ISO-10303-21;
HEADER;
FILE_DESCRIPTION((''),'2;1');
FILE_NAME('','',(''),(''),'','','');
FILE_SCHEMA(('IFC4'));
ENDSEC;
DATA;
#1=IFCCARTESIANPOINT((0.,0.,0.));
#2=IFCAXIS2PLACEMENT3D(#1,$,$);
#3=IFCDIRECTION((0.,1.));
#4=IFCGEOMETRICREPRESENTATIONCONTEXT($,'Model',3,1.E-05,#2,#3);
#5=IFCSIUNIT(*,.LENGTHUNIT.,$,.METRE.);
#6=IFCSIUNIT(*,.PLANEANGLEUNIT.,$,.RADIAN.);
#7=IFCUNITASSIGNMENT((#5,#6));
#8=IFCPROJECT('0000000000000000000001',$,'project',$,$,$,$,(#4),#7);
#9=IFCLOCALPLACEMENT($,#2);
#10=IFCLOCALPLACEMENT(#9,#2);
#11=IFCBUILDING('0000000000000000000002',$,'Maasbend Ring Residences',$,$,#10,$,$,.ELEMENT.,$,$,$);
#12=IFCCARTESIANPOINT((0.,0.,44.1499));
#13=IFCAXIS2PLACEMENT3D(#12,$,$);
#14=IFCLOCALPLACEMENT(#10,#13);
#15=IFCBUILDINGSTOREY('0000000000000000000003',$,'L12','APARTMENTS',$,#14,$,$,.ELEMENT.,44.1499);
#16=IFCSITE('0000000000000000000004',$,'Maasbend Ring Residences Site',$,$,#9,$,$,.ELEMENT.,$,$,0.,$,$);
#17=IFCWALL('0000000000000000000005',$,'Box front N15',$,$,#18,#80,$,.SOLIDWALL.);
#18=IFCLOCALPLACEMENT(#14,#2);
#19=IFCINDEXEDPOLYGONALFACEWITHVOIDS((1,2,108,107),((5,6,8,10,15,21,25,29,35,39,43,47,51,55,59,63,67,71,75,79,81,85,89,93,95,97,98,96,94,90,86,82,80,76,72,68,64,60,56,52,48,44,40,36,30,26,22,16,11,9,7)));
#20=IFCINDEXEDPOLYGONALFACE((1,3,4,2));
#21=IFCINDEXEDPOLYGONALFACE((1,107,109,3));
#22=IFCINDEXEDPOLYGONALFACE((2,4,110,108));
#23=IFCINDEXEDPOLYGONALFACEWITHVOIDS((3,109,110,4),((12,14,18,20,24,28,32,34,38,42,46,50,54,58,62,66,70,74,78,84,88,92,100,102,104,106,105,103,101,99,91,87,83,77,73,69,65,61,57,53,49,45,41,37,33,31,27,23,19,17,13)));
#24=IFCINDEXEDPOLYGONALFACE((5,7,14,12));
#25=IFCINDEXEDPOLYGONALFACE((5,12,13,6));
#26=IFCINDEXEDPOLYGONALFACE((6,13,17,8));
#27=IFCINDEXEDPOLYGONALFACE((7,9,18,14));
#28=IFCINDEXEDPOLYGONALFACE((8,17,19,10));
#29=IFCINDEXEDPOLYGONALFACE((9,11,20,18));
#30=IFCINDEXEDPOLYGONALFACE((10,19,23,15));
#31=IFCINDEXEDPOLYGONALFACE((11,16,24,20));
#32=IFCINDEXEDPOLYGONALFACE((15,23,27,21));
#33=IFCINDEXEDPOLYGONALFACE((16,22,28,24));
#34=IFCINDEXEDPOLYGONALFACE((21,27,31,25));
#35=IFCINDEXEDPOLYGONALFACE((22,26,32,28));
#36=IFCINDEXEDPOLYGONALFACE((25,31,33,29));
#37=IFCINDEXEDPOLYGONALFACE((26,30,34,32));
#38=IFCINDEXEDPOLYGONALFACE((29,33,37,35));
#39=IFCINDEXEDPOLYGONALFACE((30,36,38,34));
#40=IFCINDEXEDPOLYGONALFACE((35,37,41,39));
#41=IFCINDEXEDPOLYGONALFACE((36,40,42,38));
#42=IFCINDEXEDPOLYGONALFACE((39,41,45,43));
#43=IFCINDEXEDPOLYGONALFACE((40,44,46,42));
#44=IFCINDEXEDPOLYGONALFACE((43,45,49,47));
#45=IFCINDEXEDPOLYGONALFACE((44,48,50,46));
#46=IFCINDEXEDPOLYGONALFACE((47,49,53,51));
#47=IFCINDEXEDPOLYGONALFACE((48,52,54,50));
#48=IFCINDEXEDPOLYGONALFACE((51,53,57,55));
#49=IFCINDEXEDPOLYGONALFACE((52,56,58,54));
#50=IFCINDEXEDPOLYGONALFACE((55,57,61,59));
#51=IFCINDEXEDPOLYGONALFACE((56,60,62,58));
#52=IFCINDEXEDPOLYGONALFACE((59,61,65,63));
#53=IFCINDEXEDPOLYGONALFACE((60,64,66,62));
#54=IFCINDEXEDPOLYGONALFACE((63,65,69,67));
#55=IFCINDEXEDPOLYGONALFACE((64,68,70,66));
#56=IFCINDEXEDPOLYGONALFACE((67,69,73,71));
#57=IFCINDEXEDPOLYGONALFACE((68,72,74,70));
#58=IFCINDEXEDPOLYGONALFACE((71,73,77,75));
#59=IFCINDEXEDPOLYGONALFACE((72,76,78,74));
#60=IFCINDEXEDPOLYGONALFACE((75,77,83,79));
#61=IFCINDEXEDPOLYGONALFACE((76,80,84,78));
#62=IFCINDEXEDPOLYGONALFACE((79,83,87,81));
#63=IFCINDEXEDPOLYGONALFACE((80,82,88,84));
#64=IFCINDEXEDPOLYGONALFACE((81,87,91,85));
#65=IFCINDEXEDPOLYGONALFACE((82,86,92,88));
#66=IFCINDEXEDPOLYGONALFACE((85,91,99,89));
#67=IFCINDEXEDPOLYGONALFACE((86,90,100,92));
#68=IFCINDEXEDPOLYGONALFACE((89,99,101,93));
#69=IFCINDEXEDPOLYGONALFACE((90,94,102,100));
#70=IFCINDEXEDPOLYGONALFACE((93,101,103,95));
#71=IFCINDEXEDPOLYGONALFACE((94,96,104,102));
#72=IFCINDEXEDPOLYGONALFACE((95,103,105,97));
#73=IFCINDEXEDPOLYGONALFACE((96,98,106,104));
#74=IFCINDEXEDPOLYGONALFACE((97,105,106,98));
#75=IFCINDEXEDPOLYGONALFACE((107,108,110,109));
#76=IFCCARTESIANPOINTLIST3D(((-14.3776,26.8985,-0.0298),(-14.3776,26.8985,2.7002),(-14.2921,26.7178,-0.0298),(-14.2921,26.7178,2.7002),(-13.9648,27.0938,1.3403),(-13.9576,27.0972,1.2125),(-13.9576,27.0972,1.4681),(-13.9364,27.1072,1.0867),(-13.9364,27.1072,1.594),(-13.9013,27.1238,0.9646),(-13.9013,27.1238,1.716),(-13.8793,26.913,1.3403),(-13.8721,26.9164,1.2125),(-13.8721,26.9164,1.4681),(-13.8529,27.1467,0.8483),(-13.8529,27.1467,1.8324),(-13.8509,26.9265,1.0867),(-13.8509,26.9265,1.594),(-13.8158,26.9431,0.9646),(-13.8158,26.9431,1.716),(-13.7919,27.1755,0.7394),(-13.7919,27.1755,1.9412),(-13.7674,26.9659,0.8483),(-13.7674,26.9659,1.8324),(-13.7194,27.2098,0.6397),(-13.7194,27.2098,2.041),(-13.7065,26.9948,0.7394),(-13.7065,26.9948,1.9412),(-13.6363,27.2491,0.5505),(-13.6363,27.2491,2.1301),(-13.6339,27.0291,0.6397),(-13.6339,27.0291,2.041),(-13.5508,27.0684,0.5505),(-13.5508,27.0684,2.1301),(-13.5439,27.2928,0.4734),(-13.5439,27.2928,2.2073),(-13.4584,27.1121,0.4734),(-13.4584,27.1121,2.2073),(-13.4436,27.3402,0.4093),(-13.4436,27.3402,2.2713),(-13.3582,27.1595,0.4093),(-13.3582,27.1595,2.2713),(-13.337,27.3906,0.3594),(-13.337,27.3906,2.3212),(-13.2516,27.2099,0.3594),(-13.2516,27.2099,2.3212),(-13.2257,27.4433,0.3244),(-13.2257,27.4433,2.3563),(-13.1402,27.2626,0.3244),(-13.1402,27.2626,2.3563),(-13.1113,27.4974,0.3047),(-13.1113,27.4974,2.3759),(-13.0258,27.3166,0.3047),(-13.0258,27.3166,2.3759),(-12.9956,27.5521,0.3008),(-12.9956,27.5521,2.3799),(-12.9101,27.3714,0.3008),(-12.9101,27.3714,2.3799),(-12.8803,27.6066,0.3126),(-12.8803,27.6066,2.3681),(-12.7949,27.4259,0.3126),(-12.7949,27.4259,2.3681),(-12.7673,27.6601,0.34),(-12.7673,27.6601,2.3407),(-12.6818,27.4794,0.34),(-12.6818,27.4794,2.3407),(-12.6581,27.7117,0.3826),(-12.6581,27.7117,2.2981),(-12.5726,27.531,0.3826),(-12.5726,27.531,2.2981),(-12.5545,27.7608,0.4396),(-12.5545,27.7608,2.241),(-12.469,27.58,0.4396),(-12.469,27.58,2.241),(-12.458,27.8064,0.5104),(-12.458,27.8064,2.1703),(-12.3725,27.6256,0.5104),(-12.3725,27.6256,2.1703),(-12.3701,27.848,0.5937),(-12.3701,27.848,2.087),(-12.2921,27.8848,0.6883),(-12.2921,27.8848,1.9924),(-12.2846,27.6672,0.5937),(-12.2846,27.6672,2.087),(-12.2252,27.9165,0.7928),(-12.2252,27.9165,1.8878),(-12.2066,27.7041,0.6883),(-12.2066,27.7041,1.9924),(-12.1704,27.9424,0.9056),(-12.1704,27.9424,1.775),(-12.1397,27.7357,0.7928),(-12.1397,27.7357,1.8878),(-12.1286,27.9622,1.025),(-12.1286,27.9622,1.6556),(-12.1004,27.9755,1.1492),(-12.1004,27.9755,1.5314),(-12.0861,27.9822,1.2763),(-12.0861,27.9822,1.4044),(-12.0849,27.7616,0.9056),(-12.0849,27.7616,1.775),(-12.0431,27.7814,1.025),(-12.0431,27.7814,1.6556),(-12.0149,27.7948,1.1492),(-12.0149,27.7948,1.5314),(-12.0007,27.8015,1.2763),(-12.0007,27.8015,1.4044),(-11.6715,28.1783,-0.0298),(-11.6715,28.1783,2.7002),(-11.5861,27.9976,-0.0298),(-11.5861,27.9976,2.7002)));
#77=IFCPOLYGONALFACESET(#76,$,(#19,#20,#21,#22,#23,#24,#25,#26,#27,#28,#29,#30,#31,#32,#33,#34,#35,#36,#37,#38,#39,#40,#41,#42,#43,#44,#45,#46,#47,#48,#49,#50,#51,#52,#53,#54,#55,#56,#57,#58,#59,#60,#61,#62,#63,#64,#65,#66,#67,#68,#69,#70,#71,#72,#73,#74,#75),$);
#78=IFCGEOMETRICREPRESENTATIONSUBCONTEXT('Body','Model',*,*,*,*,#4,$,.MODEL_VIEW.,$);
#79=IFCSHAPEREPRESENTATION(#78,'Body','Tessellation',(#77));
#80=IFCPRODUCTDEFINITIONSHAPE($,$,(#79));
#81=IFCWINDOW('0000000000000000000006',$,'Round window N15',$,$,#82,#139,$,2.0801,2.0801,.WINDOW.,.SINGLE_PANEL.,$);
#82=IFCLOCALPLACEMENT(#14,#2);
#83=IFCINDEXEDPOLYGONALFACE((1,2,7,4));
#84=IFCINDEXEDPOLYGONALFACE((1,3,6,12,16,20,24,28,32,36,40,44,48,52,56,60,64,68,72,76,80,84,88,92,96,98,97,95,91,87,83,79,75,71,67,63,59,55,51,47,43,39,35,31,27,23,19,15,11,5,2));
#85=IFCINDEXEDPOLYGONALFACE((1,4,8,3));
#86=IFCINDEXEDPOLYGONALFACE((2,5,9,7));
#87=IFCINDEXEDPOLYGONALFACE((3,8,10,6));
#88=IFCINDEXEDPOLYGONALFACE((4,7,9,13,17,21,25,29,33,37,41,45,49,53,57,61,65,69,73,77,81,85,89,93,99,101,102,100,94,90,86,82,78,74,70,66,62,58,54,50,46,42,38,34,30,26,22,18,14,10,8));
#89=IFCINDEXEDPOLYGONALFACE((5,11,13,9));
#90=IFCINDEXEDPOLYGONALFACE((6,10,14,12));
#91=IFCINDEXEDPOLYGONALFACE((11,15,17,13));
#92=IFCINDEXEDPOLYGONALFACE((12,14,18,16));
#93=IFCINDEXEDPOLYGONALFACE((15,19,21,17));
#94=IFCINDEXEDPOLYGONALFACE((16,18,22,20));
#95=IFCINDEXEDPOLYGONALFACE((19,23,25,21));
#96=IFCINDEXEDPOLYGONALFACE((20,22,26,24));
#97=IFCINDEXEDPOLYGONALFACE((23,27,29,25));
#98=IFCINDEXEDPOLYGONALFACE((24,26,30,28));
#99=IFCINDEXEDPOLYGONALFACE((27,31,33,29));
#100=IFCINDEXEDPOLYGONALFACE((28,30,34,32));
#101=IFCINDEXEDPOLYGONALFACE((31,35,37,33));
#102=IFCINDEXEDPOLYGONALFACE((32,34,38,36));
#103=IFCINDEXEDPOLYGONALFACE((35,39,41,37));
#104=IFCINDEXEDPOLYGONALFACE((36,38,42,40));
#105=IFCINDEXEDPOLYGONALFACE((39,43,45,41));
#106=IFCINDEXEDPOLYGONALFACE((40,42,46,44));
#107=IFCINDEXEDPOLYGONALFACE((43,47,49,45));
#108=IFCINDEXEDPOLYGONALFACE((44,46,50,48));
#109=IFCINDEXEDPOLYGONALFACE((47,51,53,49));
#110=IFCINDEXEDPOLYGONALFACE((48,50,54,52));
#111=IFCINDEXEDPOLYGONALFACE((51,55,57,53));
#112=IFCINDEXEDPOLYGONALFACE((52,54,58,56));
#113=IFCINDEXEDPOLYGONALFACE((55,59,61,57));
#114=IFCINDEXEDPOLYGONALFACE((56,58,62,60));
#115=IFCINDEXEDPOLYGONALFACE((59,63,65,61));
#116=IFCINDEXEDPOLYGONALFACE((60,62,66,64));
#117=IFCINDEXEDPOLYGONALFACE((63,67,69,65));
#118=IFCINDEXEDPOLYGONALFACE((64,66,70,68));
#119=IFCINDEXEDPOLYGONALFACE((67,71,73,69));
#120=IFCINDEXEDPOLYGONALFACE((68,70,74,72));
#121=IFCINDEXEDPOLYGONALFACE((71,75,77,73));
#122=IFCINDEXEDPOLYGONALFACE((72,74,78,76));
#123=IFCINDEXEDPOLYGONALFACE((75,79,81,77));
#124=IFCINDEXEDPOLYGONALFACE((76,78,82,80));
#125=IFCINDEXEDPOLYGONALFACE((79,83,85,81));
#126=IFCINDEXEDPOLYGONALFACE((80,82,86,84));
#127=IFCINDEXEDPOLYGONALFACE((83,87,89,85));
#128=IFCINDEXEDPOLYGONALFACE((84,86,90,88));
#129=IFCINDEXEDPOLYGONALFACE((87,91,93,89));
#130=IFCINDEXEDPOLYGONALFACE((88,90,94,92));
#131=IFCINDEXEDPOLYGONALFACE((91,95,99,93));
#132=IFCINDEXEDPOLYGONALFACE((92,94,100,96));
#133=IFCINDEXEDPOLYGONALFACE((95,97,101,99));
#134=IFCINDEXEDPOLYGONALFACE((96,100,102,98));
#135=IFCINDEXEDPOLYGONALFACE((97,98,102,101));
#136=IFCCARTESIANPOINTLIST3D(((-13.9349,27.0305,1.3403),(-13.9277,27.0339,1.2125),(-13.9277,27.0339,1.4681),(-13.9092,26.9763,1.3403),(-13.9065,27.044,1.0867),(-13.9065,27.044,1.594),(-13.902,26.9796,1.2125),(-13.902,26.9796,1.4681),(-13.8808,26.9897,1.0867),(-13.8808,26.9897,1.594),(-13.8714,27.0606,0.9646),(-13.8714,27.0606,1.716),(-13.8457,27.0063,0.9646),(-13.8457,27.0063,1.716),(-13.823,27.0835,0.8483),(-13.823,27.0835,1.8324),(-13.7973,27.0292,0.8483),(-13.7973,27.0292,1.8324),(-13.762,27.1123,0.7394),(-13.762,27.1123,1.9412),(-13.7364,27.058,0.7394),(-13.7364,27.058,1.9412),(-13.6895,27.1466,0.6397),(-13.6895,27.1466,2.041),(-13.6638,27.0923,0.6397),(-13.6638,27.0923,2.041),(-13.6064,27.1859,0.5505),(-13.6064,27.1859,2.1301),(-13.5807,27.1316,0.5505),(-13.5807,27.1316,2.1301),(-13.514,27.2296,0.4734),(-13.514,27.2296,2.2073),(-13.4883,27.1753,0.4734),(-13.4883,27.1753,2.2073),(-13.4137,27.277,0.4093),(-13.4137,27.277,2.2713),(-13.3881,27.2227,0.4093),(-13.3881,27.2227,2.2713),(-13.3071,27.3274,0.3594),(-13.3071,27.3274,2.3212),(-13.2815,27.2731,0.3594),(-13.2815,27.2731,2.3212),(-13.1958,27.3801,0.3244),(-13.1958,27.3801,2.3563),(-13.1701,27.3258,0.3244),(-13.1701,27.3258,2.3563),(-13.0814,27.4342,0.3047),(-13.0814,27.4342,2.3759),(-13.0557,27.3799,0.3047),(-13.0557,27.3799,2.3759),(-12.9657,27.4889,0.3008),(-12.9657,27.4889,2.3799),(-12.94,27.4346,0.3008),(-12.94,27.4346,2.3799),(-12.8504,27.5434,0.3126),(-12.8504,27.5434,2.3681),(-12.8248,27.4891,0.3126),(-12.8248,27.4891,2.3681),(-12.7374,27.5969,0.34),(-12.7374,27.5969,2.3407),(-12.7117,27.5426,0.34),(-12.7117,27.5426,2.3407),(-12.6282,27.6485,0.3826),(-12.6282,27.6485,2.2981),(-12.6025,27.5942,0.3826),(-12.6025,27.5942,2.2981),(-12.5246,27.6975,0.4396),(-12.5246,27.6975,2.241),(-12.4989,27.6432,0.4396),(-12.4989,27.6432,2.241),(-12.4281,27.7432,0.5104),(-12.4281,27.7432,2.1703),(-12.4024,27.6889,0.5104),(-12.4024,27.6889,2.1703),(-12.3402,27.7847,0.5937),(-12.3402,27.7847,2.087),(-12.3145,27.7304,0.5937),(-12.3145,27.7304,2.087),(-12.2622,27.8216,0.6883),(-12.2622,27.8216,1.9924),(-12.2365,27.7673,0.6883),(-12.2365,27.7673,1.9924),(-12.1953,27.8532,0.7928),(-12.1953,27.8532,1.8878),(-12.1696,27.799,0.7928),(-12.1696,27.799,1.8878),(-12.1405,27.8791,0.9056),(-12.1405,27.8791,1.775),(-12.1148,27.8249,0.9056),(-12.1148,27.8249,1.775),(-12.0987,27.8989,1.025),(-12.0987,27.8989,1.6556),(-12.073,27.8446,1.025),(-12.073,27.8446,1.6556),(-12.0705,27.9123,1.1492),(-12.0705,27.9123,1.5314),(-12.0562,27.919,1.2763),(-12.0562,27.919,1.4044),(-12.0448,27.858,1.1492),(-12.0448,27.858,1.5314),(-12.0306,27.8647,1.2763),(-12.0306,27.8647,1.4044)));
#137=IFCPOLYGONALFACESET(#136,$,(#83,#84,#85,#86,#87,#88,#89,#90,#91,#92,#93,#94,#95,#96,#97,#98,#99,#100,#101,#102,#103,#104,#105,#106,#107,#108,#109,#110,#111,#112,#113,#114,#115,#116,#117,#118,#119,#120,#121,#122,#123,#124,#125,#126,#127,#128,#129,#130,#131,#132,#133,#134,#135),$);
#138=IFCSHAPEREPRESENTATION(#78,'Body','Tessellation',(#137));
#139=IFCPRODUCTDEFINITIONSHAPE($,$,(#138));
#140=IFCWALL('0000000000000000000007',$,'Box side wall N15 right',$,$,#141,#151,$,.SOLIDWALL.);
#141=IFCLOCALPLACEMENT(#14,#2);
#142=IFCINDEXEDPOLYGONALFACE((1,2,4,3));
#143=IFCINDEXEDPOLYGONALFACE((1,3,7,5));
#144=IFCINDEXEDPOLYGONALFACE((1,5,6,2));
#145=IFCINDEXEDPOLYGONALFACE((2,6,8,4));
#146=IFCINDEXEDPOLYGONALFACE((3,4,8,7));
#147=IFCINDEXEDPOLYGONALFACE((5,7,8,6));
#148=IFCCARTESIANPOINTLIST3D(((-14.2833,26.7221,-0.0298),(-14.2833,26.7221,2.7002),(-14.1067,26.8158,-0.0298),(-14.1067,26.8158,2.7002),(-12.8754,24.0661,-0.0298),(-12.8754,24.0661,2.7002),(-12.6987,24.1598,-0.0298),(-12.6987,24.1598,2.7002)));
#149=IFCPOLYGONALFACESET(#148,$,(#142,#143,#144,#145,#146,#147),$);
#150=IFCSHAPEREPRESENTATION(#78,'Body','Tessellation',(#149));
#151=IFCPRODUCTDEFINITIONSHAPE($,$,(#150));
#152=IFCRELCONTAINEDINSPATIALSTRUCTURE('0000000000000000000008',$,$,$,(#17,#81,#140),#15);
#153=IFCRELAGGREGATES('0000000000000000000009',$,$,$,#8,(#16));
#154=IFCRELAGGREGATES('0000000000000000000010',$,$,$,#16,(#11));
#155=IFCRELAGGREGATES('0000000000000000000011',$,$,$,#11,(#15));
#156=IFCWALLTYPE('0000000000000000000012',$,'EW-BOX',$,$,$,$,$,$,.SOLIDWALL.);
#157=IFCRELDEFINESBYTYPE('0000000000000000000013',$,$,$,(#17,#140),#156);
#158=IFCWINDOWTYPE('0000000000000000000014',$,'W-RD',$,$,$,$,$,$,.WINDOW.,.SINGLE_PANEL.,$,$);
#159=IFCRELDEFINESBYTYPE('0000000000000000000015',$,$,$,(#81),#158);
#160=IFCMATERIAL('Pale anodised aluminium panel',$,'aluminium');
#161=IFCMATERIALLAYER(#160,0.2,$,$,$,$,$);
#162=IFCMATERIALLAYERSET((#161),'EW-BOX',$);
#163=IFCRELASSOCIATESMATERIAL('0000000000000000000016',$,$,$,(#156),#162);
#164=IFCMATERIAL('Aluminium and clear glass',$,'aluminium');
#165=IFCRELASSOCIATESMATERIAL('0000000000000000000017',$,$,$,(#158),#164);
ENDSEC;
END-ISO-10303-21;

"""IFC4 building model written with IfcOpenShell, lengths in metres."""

from ifc_helpers import new_model, si_unit, direction, frame, frame_2d, origin, place, context, subcontext, project, spatial, rectangle, circle, extrude, material, layer, layer_set, type_object, element, fill, save


model = new_model("IFC4")

# Units and contexts
model_context = context("Model", 3, precision=1e-05, world=origin(), true_north=direction((0.0, 1.0)))
body_context = subcontext(model_context, "Body", "Model", "MODEL_VIEW")
ifc_project = project(units=[si_unit("LENGTHUNIT", "METRE"), si_unit("PLANEANGLEUNIT", "RADIAN")], contexts=[model_context])

# Site, building, storey
site_placement = place(None, origin())
site = spatial("IfcSite", under=ifc_project, at=site_placement, Name="Maasbend Ring Residences Site", CompositionType="ELEMENT", RefElevation=0.0)
building_placement = place(site_placement, origin())
building = spatial("IfcBuilding", under=site, at=building_placement, Name="Maasbend Ring Residences", CompositionType="ELEMENT")
storey_placement = place(building_placement, frame((0.0, 0.0, 44.1499)))
storey = spatial("IfcBuildingStorey", under=building, at=storey_placement, Name="L12", Description="APARTMENTS", CompositionType="ELEMENT", Elevation=44.1499)

# Wall, opening, window
ifc_material_1 = material(Name="Pale anodised aluminium panel", Category="aluminium")
ifc_layer_1 = layer(ifc_material_1, 0.2)
ifc_layer_set_1 = layer_set([ifc_layer_1], Name="EW-BOX")
wall_type_1 = type_object("IfcWallType", Name="EW-BOX", PredefinedType="SOLIDWALL", material=ifc_layer_set_1)
wall_1_placement = place(storey_placement, frame((-11.6289, 28.0879, -0.0298), z_axis=(0.0, 0.0, 1.0), x_axis=(-0.904, -0.427532, 0.0)))
wall_1 = element("IfcWall", 1, at=wall_1_placement, inside=storey, type_object=wall_type_1, Name="Box front N15", PredefinedType="SOLIDWALL", context=body_context, shape_type="SweptSolid", body=[
    extrude(rectangle(XDim=2.9934, YDim=0.2, at=frame_2d((1.4966, 0.0))), origin(), (0.0, 0.0, 1.0), 2.73),
])
opening_1_placement = place(wall_1_placement, frame((0.4565, 0.0, 0.3301)))
opening_1 = element("IfcOpeningElement", 2, at=opening_1_placement, cuts=wall_1, PredefinedType="OPENING", context=body_context, shape_type="SweptSolid", body=[
    extrude(circle(Radius=1.04, at=frame_2d((1.04, 1.04))), frame((0.0, 0.1099, 0.0), z_axis=(0.0, -1.0, 0.0), x_axis=(1.0, 0.0, 0.0)), (0.0, 0.0, 1.0), 0.22),
])
ifc_material_2 = material(Name="Aluminium and clear glass", Category="aluminium")
window_type_1 = type_object("IfcWindowType", Name="W-RD", PartitioningType="SINGLE_PANEL", PredefinedType="WINDOW", material=ifc_material_2)
window_1_placement = place(opening_1_placement, origin())
window_1 = element("IfcWindow", 3, at=window_1_placement, inside=storey, type_object=window_type_1, Name="Round window N15", OverallHeight=2.0801, OverallWidth=2.0801, PartitioningType="SINGLE_PANEL", PredefinedType="WINDOW", context=body_context, shape_type="SweptSolid", body=[
    extrude(circle(Radius=1.04, at=frame_2d((1.04, 1.04))), frame((0.0, 0.03, 0.0), z_axis=(0.0, -1.0, 0.0), x_axis=(1.0, 0.0, 0.0)), (0.0, 0.0, 1.0), 0.0601),
])
fill(opening_1, window_1)

# Wall
wall_2_placement = place(storey_placement, frame((-12.7871, 24.113, -0.0298), z_axis=(0.0, 0.0, 1.0), x_axis=(-0.468365, 0.883535, 0.0)))
element("IfcWall", 4, at=wall_2_placement, inside=storey, type_object=wall_type_1, Name="Box side wall N15 right", PredefinedType="SOLIDWALL", context=body_context, shape_type="SweptSolid", body=[
    extrude(rectangle(XDim=3.0061, YDim=0.2, at=frame_2d((1.5029, 0.0))), origin(), (0.0, 0.0, 1.0), 2.73),
])

save(model, "model.ifc")
